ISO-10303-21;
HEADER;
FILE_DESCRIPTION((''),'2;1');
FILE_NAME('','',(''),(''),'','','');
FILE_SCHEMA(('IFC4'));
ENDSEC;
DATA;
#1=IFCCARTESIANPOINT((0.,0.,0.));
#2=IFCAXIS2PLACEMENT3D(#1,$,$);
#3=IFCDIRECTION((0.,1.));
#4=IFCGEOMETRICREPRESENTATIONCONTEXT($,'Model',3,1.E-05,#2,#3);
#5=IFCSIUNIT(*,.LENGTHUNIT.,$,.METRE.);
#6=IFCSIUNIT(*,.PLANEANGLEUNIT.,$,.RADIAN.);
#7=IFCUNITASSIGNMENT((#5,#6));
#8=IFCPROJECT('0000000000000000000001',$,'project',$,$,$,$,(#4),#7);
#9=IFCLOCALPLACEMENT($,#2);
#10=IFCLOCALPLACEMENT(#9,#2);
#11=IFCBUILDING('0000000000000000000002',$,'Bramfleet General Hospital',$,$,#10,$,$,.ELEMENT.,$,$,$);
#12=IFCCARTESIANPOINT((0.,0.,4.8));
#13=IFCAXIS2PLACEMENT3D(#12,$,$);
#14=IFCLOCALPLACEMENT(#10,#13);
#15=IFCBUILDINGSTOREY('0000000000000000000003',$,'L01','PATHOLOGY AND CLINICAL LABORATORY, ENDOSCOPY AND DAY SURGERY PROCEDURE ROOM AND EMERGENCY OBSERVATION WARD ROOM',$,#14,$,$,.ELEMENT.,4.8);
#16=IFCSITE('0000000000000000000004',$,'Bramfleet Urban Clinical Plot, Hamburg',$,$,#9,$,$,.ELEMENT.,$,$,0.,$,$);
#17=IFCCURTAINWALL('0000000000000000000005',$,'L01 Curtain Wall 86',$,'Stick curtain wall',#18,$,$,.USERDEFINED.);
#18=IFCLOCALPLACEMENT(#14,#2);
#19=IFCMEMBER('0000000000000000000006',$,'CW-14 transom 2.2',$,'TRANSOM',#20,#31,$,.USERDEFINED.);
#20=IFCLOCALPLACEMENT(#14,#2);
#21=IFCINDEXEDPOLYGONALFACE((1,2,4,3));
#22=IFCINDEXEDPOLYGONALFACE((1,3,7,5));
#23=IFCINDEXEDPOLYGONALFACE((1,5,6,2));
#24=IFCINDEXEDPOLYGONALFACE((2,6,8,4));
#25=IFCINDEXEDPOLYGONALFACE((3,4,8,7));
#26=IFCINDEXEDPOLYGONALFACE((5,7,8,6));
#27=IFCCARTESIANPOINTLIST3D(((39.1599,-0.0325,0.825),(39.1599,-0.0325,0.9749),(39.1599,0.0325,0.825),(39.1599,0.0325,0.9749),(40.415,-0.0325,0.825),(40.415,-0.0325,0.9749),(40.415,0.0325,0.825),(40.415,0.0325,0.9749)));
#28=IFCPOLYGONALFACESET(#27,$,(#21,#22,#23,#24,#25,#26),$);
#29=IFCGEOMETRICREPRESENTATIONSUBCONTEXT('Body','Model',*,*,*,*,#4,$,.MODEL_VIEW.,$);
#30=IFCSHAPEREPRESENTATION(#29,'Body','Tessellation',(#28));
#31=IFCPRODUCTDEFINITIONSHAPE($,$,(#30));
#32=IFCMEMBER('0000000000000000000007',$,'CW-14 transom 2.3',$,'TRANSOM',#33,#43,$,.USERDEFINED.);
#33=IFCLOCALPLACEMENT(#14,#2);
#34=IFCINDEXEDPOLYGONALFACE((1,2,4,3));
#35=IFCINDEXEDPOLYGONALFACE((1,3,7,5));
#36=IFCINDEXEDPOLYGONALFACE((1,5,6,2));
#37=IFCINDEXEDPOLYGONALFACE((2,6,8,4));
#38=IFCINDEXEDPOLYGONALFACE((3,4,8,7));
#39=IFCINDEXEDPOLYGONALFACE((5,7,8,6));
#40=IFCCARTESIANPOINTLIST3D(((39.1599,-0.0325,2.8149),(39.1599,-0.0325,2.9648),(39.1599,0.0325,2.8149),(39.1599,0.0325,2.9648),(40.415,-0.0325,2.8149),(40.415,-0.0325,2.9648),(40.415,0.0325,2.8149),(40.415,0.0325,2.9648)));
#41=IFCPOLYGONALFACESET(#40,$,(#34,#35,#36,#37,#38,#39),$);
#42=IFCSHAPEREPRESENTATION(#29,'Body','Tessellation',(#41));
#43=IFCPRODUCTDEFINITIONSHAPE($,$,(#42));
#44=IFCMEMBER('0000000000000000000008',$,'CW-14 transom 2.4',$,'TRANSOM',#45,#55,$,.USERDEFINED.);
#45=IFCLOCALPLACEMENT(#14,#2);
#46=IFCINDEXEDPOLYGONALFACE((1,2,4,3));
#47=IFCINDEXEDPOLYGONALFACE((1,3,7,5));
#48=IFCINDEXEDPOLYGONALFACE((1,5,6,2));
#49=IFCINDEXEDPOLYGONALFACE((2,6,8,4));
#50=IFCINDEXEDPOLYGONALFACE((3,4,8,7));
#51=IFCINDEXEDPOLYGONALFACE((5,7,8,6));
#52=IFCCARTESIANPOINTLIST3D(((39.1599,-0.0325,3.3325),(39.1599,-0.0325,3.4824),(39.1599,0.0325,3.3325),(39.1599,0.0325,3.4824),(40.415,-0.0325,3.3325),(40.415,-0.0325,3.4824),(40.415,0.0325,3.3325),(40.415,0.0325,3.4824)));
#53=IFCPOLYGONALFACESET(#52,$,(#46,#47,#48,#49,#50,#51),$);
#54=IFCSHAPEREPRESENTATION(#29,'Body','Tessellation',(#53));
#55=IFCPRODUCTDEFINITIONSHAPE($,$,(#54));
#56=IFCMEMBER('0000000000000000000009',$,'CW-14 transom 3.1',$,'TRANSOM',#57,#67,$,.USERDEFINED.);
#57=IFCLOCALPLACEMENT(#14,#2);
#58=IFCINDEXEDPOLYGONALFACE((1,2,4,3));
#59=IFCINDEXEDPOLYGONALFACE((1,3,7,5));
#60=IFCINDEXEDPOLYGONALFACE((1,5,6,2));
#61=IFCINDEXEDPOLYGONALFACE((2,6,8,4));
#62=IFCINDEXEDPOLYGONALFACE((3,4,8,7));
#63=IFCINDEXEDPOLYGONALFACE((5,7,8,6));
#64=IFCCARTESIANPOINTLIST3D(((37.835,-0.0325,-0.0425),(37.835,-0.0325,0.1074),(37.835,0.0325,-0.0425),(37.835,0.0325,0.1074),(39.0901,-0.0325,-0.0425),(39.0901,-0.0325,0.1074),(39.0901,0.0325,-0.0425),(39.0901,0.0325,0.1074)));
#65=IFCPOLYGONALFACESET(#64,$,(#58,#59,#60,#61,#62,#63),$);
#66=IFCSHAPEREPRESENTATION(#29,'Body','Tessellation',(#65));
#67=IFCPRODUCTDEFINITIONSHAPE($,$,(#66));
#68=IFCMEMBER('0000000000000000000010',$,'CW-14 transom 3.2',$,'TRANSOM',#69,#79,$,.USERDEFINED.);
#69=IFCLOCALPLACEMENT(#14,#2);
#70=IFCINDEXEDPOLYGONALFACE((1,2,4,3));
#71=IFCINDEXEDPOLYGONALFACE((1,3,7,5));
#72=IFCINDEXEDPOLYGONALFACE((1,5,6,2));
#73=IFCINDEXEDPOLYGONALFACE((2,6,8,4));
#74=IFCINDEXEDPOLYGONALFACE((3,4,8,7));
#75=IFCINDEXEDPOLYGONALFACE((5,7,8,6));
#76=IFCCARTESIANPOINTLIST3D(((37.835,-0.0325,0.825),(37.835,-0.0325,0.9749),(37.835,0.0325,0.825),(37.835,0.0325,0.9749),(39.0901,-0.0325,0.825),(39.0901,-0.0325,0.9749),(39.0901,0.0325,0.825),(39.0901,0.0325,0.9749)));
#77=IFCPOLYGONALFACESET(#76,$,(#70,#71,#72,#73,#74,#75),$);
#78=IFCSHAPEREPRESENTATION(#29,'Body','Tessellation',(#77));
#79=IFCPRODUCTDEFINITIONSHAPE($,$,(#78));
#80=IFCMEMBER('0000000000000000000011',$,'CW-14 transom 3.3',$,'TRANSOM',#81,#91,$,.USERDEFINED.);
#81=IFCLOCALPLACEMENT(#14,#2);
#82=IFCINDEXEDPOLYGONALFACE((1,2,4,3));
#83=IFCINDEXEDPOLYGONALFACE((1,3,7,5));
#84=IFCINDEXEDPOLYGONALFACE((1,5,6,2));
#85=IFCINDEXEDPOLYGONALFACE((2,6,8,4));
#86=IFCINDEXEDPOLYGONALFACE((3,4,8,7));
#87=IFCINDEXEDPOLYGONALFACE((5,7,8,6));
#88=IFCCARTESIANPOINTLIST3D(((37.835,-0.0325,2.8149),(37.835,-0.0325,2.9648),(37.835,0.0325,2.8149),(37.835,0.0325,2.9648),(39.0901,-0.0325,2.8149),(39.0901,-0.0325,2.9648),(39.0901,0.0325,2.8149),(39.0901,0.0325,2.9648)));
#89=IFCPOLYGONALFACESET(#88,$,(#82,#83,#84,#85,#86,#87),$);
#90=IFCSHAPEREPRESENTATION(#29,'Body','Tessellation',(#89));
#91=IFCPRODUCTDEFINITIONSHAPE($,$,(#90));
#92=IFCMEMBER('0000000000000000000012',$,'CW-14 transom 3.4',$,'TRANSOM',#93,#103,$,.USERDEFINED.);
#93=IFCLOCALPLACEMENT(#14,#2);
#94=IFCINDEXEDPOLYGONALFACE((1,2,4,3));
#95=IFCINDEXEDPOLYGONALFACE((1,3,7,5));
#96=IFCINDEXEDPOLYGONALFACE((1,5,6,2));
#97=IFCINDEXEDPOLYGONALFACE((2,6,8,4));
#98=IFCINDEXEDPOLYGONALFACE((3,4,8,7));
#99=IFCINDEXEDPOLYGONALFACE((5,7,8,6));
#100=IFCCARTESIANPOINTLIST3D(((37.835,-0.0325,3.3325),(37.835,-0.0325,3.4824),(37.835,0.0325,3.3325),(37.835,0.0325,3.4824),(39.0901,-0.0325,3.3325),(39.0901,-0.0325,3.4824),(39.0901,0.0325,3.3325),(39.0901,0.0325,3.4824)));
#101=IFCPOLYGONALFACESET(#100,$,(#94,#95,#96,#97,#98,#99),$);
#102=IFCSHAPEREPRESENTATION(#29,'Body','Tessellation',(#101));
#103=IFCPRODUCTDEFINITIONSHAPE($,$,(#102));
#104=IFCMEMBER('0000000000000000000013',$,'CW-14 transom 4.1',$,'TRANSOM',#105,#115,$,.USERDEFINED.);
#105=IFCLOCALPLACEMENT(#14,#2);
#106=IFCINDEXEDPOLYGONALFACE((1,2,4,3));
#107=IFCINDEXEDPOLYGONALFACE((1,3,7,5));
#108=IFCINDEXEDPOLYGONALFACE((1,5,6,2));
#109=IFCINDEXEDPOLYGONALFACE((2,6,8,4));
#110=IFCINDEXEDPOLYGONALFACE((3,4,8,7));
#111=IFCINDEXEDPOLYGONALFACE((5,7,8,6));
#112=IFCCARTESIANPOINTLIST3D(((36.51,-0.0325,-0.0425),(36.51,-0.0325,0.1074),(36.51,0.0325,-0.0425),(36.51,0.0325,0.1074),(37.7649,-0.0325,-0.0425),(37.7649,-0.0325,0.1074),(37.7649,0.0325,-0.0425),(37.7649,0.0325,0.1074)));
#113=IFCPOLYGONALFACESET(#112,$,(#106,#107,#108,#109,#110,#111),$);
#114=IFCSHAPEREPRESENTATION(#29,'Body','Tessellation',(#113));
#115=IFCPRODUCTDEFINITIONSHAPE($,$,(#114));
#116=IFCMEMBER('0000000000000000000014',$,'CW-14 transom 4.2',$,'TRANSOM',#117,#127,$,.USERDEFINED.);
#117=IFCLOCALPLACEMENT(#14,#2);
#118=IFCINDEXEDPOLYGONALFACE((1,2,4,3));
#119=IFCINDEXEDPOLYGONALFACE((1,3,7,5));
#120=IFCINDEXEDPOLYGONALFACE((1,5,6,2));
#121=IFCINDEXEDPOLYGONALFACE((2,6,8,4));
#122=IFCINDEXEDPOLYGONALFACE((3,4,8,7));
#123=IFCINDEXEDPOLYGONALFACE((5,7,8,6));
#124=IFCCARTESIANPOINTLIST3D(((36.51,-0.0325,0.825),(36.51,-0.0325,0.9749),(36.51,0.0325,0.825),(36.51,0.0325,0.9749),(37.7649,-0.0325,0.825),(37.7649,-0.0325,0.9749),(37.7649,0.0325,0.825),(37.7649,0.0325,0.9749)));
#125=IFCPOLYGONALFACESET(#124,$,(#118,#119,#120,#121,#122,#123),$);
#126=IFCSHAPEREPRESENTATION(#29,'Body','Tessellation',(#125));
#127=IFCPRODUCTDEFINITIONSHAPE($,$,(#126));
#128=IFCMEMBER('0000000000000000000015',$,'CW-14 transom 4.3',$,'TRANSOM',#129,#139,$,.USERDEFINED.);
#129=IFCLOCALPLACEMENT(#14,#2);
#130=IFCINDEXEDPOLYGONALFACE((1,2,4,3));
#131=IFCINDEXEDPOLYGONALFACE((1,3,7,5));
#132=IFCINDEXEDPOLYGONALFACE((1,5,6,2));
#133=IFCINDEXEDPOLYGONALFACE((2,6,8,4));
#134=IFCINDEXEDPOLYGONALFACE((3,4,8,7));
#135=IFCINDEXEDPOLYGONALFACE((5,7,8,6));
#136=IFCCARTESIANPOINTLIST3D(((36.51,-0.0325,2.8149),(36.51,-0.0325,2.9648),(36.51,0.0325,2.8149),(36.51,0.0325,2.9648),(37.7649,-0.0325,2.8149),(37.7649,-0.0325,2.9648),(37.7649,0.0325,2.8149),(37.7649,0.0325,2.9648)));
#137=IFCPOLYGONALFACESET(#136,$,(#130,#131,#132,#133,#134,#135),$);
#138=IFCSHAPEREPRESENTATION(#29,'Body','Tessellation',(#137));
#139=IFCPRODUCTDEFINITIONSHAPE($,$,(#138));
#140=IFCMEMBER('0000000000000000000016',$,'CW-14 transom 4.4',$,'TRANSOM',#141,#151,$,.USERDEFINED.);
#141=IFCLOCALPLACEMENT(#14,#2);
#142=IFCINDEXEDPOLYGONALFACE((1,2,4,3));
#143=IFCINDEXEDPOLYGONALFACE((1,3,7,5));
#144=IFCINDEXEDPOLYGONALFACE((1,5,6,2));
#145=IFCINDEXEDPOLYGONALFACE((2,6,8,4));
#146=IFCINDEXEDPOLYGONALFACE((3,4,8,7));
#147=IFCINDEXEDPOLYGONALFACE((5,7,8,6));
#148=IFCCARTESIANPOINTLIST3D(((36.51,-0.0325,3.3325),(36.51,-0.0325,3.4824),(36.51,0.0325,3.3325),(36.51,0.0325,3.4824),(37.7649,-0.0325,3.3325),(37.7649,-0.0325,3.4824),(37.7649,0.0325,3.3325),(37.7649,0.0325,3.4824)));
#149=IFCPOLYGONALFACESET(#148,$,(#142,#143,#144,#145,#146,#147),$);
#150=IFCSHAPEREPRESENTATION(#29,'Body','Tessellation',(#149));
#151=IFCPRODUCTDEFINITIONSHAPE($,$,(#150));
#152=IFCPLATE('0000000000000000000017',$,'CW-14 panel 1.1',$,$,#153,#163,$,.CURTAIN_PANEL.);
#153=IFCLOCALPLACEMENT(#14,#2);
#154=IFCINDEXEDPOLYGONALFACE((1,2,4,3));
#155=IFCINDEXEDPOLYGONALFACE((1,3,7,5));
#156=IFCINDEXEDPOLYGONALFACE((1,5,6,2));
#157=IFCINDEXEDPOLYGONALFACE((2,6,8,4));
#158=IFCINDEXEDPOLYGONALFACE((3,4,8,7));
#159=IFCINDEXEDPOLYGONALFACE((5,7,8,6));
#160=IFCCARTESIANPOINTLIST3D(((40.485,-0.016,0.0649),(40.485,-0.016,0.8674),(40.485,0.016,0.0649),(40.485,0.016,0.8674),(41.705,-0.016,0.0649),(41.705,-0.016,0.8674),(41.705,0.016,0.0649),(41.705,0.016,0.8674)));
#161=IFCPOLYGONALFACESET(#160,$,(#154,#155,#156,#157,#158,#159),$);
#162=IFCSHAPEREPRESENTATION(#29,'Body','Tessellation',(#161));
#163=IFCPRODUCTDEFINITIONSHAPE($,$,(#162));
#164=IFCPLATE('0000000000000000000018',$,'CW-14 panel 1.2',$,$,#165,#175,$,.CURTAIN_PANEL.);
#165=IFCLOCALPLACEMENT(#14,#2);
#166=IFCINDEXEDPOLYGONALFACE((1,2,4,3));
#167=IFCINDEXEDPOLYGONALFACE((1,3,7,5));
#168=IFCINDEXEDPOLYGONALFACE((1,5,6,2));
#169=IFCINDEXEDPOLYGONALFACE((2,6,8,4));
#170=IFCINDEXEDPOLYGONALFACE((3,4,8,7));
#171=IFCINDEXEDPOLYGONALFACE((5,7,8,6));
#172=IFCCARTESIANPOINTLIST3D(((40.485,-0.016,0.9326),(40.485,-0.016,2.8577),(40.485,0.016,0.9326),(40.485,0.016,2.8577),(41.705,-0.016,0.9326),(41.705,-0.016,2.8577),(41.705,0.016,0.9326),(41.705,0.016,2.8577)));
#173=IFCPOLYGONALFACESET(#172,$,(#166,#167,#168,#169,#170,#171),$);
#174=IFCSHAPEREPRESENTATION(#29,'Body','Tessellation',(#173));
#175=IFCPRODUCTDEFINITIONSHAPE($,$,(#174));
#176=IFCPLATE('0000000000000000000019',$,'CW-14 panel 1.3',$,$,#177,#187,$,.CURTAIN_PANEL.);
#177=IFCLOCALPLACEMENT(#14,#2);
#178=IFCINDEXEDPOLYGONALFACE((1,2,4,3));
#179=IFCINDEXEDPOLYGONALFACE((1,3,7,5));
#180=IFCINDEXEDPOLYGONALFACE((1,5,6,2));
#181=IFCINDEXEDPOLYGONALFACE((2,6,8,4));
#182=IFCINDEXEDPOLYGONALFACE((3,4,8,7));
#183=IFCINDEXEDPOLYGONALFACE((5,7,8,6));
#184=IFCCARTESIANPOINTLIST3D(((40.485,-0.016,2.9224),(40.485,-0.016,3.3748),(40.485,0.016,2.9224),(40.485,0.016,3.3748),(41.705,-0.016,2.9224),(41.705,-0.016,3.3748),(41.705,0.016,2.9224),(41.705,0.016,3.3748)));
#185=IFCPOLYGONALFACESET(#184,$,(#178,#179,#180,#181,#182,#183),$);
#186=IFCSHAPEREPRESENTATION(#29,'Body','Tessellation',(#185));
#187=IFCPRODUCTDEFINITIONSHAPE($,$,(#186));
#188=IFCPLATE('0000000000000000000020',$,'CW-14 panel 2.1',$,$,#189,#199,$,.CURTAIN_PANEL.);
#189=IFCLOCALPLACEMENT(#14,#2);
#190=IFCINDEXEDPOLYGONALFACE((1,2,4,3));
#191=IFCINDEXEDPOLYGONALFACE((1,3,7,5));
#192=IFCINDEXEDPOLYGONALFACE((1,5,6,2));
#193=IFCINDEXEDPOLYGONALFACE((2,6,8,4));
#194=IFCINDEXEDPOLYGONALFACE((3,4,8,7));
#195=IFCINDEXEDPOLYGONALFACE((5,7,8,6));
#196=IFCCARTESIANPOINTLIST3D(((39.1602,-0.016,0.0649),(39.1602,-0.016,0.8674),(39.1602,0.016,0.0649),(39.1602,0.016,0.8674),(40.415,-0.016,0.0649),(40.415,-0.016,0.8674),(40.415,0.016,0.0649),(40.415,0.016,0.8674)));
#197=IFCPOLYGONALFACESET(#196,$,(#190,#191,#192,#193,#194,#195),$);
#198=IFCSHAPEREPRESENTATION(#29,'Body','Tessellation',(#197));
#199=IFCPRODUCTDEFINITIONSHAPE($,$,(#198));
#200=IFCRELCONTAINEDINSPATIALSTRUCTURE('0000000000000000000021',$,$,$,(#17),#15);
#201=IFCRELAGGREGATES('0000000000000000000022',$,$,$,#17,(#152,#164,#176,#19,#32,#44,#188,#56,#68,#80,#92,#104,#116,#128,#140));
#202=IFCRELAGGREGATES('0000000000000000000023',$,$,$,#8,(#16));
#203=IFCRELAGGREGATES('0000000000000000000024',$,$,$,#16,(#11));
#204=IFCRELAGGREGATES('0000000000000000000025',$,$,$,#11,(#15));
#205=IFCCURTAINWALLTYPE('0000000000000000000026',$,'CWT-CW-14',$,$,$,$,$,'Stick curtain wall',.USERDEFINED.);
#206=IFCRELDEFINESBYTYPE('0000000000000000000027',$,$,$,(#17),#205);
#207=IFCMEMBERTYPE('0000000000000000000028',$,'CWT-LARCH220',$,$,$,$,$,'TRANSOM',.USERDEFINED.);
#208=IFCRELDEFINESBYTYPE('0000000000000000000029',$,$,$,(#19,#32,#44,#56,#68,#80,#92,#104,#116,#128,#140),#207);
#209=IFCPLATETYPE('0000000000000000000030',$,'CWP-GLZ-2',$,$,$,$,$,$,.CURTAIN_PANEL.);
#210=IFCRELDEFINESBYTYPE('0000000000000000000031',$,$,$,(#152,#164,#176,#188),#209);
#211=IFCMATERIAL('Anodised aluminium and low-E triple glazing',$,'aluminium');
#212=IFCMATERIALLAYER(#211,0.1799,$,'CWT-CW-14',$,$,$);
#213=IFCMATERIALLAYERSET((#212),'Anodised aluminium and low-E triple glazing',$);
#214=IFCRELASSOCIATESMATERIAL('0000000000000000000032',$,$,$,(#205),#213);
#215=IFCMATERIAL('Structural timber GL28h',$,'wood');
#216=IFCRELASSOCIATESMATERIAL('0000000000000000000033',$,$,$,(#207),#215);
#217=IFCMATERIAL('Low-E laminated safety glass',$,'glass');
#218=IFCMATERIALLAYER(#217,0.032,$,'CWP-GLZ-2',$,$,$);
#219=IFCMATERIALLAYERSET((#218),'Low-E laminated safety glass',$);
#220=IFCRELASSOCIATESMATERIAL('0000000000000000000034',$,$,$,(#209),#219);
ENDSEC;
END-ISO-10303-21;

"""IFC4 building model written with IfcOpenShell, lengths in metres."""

from ifc_helpers import new_model, si_unit, direction, frame, origin, origin_2d, place, context, subcontext, project, spatial, rectangle, extrude, material, layer, layer_set, material_profile, profile_set, type_object, element, aggregate, save


model = new_model("IFC4")

# Units and contexts
model_context = context("Model", 3, precision=1e-05, world=origin(), true_north=direction((0.0, 1.0)))
body_context = subcontext(model_context, "Body", "Model", "MODEL_VIEW")
ifc_project = project(units=[si_unit("LENGTHUNIT", "METRE"), si_unit("PLANEANGLEUNIT", "RADIAN")], contexts=[model_context])

# Site, building, storey
site_placement = place(None, origin())
site = spatial("IfcSite", under=ifc_project, at=site_placement, Name="Bramfleet Urban Clinical Plot, Hamburg", CompositionType="ELEMENT", RefElevation=0.0)
building_placement = place(site_placement, origin())
building = spatial("IfcBuilding", under=site, at=building_placement, Name="Bramfleet General Hospital", CompositionType="ELEMENT")
storey_placement = place(building_placement, frame((0.0, 0.0, 4.8)))
storey = spatial("IfcBuildingStorey", under=building, at=storey_placement, Name="L01", Description="PATHOLOGY AND CLINICAL LABORATORY, ENDOSCOPY AND DAY SURGERY PROCEDURE ROOM AND EMERGENCY OBSERVATION WARD ROOM", CompositionType="ELEMENT", Elevation=4.8)

# Curtain wall, members, plates
ifc_material_1 = material(Name="Anodised aluminium and low-E triple glazing", Category="aluminium")
ifc_layer_1 = layer(ifc_material_1, 0.1799, Name="CWT-CW-14")
ifc_layer_set_1 = layer_set([ifc_layer_1], Name="Anodised aluminium and low-E triple glazing")
curtain_wall_type = type_object("IfcCurtainWallType", Name="CWT-CW-14", ElementType="Stick curtain wall", PredefinedType="USERDEFINED", material=ifc_layer_set_1)
curtain_wall_placement = place(storey_placement, origin())
curtain_wall = element("IfcCurtainWall", 1, at=curtain_wall_placement, inside=storey, type_object=curtain_wall_type, Name="L01 Curtain Wall 86", ObjectType="Stick curtain wall", PredefinedType="USERDEFINED")
ifc_material_2 = material(Name="Structural timber GL28h", Category="wood")
ifc_material_profile_1 = material_profile(ifc_material_2, rectangle(XDim=0.0649, YDim=0.1499, at=origin_2d()), Name="LARCH 150x65")
ifc_profile_set_1 = profile_set([ifc_material_profile_1], Name="Structural timber GL28h")
member_type_1 = type_object("IfcMemberType", Name="CWT-LARCH220", ElementType="TRANSOM", PredefinedType="USERDEFINED", material=ifc_profile_set_1)
member_1_placement = place(storey_placement, frame((40.415, 0.0, 0.8999), z_axis=(-1.0, 0.0, 0.0), x_axis=(0.0, -1.0, 0.0)))
member_1 = element("IfcMember", 2, at=member_1_placement, type_object=member_type_1, Name="CW-14 transom 2.2", ObjectType="TRANSOM", PredefinedType="USERDEFINED", context=body_context, shape_type="SweptSolid", body=[
    extrude(rectangle(XDim=0.0649, YDim=0.1499, at=origin_2d()), origin(), (0.0, 0.0, 1.0), 1.2551),
])
member_2_placement = place(storey_placement, frame((40.415, 0.0, 2.8899), z_axis=(-1.0, 0.0, 0.0), x_axis=(0.0, -1.0, 0.0)))
member_2 = element("IfcMember", 3, at=member_2_placement, type_object=member_type_1, Name="CW-14 transom 2.3", ObjectType="TRANSOM", PredefinedType="USERDEFINED", context=body_context, shape_type="SweptSolid", body=[
    extrude(rectangle(XDim=0.0649, YDim=0.1499, at=origin_2d()), origin(), (0.0, 0.0, 1.0), 1.2551),
])
member_3_placement = place(storey_placement, frame((40.415, 0.0, 3.4075), z_axis=(-1.0, 0.0, 0.0), x_axis=(0.0, -1.0, 0.0)))
member_3 = element("IfcMember", 4, at=member_3_placement, type_object=member_type_1, Name="CW-14 transom 2.4", ObjectType="TRANSOM", PredefinedType="USERDEFINED", context=body_context, shape_type="SweptSolid", body=[
    extrude(rectangle(XDim=0.0649, YDim=0.1499, at=origin_2d()), origin(), (0.0, 0.0, 1.0), 1.2551),
])
member_4_placement = place(storey_placement, frame((39.0901, 0.0, 0.0325), z_axis=(-1.0, 0.0, 0.0), x_axis=(0.0, -1.0, 0.0)))
member_4 = element("IfcMember", 5, at=member_4_placement, type_object=member_type_1, Name="CW-14 transom 3.1", ObjectType="TRANSOM", PredefinedType="USERDEFINED", context=body_context, shape_type="SweptSolid", body=[
    extrude(rectangle(XDim=0.0649, YDim=0.1499, at=origin_2d()), origin(), (0.0, 0.0, 1.0), 1.2551),
])
member_5_placement = place(storey_placement, frame((39.0901, 0.0, 0.8999), z_axis=(-1.0, 0.0, 0.0), x_axis=(0.0, -1.0, 0.0)))
member_5 = element("IfcMember", 6, at=member_5_placement, type_object=member_type_1, Name="CW-14 transom 3.2", ObjectType="TRANSOM", PredefinedType="USERDEFINED", context=body_context, shape_type="SweptSolid", body=[
    extrude(rectangle(XDim=0.0649, YDim=0.1499, at=origin_2d()), origin(), (0.0, 0.0, 1.0), 1.2551),
])
member_6_placement = place(storey_placement, frame((39.0901, 0.0, 2.8899), z_axis=(-1.0, 0.0, 0.0), x_axis=(0.0, -1.0, 0.0)))
member_6 = element("IfcMember", 7, at=member_6_placement, type_object=member_type_1, Name="CW-14 transom 3.3", ObjectType="TRANSOM", PredefinedType="USERDEFINED", context=body_context, shape_type="SweptSolid", body=[
    extrude(rectangle(XDim=0.0649, YDim=0.1499, at=origin_2d()), origin(), (0.0, 0.0, 1.0), 1.2551),
])
member_7_placement = place(storey_placement, frame((39.0901, 0.0, 3.4075), z_axis=(-1.0, 0.0, 0.0), x_axis=(0.0, -1.0, 0.0)))
member_7 = element("IfcMember", 8, at=member_7_placement, type_object=member_type_1, Name="CW-14 transom 3.4", ObjectType="TRANSOM", PredefinedType="USERDEFINED", context=body_context, shape_type="SweptSolid", body=[
    extrude(rectangle(XDim=0.0649, YDim=0.1499, at=origin_2d()), origin(), (0.0, 0.0, 1.0), 1.2551),
])
member_8_placement = place(storey_placement, frame((37.7649, 0.0, 0.0325), z_axis=(-1.0, 0.0, 0.0), x_axis=(0.0, -1.0, 0.0)))
member_8 = element("IfcMember", 9, at=member_8_placement, type_object=member_type_1, Name="CW-14 transom 4.1", ObjectType="TRANSOM", PredefinedType="USERDEFINED", context=body_context, shape_type="SweptSolid", body=[
    extrude(rectangle(XDim=0.0649, YDim=0.1499, at=origin_2d()), origin(), (0.0, 0.0, 1.0), 1.2549),
])
member_9_placement = place(storey_placement, frame((37.7649, 0.0, 0.8999), z_axis=(-1.0, 0.0, 0.0), x_axis=(0.0, -1.0, 0.0)))
member_9 = element("IfcMember", 10, at=member_9_placement, type_object=member_type_1, Name="CW-14 transom 4.2", ObjectType="TRANSOM", PredefinedType="USERDEFINED", context=body_context, shape_type="SweptSolid", body=[
    extrude(rectangle(XDim=0.0649, YDim=0.1499, at=origin_2d()), origin(), (0.0, 0.0, 1.0), 1.2549),
])
member_10_placement = place(storey_placement, frame((37.7649, 0.0, 2.8899), z_axis=(-1.0, 0.0, 0.0), x_axis=(0.0, -1.0, 0.0)))
member_10 = element("IfcMember", 11, at=member_10_placement, type_object=member_type_1, Name="CW-14 transom 4.3", ObjectType="TRANSOM", PredefinedType="USERDEFINED", context=body_context, shape_type="SweptSolid", body=[
    extrude(rectangle(XDim=0.0649, YDim=0.1499, at=origin_2d()), origin(), (0.0, 0.0, 1.0), 1.2549),
])
member_11_placement = place(storey_placement, frame((37.7649, 0.0, 3.4075), z_axis=(-1.0, 0.0, 0.0), x_axis=(0.0, -1.0, 0.0)))
member_11 = element("IfcMember", 12, at=member_11_placement, type_object=member_type_1, Name="CW-14 transom 4.4", ObjectType="TRANSOM", PredefinedType="USERDEFINED", context=body_context, shape_type="SweptSolid", body=[
    extrude(rectangle(XDim=0.0649, YDim=0.1499, at=origin_2d()), origin(), (0.0, 0.0, 1.0), 1.2549),
])
ifc_material_3 = material(Name="Low-E laminated safety glass", Category="glass")
ifc_layer_2 = layer(ifc_material_3, 0.032, Name="CWP-GLZ-2")
ifc_layer_set_2 = layer_set([ifc_layer_2], Name="Low-E laminated safety glass")
plate_type = type_object("IfcPlateType", Name="CWP-GLZ-2", PredefinedType="CURTAIN_PANEL", material=ifc_layer_set_2)
plate_1_placement = place(storey_placement, frame((41.095, 0.0, 0.0649), z_axis=(0.0, 0.0, 1.0), x_axis=(-1.0, 0.0, 0.0)))
plate_1 = element("IfcPlate", 13, at=plate_1_placement, type_object=plate_type, Name="CW-14 panel 1.1", PredefinedType="CURTAIN_PANEL", context=body_context, shape_type="SweptSolid", body=[
    extrude(rectangle(XDim=1.22, YDim=0.032, at=origin_2d()), origin(), (0.0, 0.0, 1.0), 0.8025),
])
plate_2_placement = place(storey_placement, frame((41.095, 0.0, 0.9326), z_axis=(0.0, 0.0, 1.0), x_axis=(-1.0, 0.0, 0.0)))
plate_2 = element("IfcPlate", 14, at=plate_2_placement, type_object=plate_type, Name="CW-14 panel 1.2", PredefinedType="CURTAIN_PANEL", context=body_context, shape_type="SweptSolid", body=[
    extrude(rectangle(XDim=1.22, YDim=0.032, at=origin_2d()), origin(), (0.0, 0.0, 1.0), 1.925),
])
plate_3_placement = place(storey_placement, frame((41.095, 0.0, 2.9224), z_axis=(0.0, 0.0, 1.0), x_axis=(-1.0, 0.0, 0.0)))
plate_3 = element("IfcPlate", 15, at=plate_3_placement, type_object=plate_type, Name="CW-14 panel 1.3", PredefinedType="CURTAIN_PANEL", context=body_context, shape_type="SweptSolid", body=[
    extrude(rectangle(XDim=1.22, YDim=0.032, at=origin_2d()), origin(), (0.0, 0.0, 1.0), 0.4524),
])
plate_4_placement = place(storey_placement, frame((39.7876, 0.0, 0.0649), z_axis=(0.0, 0.0, 1.0), x_axis=(-1.0, 0.0, 0.0)))
plate_4 = element("IfcPlate", 16, at=plate_4_placement, type_object=plate_type, Name="CW-14 panel 2.1", PredefinedType="CURTAIN_PANEL", context=body_context, shape_type="SweptSolid", body=[
    extrude(rectangle(XDim=1.2549, YDim=0.032, at=origin_2d()), origin(), (0.0, 0.0, 1.0), 0.8025),
])
aggregate(curtain_wall, [plate_1, plate_2, plate_3, member_1, member_2, member_3, plate_4, member_4, member_5, member_6, member_7, member_8, member_9, member_10, member_11])

save(model, "model.ifc")
